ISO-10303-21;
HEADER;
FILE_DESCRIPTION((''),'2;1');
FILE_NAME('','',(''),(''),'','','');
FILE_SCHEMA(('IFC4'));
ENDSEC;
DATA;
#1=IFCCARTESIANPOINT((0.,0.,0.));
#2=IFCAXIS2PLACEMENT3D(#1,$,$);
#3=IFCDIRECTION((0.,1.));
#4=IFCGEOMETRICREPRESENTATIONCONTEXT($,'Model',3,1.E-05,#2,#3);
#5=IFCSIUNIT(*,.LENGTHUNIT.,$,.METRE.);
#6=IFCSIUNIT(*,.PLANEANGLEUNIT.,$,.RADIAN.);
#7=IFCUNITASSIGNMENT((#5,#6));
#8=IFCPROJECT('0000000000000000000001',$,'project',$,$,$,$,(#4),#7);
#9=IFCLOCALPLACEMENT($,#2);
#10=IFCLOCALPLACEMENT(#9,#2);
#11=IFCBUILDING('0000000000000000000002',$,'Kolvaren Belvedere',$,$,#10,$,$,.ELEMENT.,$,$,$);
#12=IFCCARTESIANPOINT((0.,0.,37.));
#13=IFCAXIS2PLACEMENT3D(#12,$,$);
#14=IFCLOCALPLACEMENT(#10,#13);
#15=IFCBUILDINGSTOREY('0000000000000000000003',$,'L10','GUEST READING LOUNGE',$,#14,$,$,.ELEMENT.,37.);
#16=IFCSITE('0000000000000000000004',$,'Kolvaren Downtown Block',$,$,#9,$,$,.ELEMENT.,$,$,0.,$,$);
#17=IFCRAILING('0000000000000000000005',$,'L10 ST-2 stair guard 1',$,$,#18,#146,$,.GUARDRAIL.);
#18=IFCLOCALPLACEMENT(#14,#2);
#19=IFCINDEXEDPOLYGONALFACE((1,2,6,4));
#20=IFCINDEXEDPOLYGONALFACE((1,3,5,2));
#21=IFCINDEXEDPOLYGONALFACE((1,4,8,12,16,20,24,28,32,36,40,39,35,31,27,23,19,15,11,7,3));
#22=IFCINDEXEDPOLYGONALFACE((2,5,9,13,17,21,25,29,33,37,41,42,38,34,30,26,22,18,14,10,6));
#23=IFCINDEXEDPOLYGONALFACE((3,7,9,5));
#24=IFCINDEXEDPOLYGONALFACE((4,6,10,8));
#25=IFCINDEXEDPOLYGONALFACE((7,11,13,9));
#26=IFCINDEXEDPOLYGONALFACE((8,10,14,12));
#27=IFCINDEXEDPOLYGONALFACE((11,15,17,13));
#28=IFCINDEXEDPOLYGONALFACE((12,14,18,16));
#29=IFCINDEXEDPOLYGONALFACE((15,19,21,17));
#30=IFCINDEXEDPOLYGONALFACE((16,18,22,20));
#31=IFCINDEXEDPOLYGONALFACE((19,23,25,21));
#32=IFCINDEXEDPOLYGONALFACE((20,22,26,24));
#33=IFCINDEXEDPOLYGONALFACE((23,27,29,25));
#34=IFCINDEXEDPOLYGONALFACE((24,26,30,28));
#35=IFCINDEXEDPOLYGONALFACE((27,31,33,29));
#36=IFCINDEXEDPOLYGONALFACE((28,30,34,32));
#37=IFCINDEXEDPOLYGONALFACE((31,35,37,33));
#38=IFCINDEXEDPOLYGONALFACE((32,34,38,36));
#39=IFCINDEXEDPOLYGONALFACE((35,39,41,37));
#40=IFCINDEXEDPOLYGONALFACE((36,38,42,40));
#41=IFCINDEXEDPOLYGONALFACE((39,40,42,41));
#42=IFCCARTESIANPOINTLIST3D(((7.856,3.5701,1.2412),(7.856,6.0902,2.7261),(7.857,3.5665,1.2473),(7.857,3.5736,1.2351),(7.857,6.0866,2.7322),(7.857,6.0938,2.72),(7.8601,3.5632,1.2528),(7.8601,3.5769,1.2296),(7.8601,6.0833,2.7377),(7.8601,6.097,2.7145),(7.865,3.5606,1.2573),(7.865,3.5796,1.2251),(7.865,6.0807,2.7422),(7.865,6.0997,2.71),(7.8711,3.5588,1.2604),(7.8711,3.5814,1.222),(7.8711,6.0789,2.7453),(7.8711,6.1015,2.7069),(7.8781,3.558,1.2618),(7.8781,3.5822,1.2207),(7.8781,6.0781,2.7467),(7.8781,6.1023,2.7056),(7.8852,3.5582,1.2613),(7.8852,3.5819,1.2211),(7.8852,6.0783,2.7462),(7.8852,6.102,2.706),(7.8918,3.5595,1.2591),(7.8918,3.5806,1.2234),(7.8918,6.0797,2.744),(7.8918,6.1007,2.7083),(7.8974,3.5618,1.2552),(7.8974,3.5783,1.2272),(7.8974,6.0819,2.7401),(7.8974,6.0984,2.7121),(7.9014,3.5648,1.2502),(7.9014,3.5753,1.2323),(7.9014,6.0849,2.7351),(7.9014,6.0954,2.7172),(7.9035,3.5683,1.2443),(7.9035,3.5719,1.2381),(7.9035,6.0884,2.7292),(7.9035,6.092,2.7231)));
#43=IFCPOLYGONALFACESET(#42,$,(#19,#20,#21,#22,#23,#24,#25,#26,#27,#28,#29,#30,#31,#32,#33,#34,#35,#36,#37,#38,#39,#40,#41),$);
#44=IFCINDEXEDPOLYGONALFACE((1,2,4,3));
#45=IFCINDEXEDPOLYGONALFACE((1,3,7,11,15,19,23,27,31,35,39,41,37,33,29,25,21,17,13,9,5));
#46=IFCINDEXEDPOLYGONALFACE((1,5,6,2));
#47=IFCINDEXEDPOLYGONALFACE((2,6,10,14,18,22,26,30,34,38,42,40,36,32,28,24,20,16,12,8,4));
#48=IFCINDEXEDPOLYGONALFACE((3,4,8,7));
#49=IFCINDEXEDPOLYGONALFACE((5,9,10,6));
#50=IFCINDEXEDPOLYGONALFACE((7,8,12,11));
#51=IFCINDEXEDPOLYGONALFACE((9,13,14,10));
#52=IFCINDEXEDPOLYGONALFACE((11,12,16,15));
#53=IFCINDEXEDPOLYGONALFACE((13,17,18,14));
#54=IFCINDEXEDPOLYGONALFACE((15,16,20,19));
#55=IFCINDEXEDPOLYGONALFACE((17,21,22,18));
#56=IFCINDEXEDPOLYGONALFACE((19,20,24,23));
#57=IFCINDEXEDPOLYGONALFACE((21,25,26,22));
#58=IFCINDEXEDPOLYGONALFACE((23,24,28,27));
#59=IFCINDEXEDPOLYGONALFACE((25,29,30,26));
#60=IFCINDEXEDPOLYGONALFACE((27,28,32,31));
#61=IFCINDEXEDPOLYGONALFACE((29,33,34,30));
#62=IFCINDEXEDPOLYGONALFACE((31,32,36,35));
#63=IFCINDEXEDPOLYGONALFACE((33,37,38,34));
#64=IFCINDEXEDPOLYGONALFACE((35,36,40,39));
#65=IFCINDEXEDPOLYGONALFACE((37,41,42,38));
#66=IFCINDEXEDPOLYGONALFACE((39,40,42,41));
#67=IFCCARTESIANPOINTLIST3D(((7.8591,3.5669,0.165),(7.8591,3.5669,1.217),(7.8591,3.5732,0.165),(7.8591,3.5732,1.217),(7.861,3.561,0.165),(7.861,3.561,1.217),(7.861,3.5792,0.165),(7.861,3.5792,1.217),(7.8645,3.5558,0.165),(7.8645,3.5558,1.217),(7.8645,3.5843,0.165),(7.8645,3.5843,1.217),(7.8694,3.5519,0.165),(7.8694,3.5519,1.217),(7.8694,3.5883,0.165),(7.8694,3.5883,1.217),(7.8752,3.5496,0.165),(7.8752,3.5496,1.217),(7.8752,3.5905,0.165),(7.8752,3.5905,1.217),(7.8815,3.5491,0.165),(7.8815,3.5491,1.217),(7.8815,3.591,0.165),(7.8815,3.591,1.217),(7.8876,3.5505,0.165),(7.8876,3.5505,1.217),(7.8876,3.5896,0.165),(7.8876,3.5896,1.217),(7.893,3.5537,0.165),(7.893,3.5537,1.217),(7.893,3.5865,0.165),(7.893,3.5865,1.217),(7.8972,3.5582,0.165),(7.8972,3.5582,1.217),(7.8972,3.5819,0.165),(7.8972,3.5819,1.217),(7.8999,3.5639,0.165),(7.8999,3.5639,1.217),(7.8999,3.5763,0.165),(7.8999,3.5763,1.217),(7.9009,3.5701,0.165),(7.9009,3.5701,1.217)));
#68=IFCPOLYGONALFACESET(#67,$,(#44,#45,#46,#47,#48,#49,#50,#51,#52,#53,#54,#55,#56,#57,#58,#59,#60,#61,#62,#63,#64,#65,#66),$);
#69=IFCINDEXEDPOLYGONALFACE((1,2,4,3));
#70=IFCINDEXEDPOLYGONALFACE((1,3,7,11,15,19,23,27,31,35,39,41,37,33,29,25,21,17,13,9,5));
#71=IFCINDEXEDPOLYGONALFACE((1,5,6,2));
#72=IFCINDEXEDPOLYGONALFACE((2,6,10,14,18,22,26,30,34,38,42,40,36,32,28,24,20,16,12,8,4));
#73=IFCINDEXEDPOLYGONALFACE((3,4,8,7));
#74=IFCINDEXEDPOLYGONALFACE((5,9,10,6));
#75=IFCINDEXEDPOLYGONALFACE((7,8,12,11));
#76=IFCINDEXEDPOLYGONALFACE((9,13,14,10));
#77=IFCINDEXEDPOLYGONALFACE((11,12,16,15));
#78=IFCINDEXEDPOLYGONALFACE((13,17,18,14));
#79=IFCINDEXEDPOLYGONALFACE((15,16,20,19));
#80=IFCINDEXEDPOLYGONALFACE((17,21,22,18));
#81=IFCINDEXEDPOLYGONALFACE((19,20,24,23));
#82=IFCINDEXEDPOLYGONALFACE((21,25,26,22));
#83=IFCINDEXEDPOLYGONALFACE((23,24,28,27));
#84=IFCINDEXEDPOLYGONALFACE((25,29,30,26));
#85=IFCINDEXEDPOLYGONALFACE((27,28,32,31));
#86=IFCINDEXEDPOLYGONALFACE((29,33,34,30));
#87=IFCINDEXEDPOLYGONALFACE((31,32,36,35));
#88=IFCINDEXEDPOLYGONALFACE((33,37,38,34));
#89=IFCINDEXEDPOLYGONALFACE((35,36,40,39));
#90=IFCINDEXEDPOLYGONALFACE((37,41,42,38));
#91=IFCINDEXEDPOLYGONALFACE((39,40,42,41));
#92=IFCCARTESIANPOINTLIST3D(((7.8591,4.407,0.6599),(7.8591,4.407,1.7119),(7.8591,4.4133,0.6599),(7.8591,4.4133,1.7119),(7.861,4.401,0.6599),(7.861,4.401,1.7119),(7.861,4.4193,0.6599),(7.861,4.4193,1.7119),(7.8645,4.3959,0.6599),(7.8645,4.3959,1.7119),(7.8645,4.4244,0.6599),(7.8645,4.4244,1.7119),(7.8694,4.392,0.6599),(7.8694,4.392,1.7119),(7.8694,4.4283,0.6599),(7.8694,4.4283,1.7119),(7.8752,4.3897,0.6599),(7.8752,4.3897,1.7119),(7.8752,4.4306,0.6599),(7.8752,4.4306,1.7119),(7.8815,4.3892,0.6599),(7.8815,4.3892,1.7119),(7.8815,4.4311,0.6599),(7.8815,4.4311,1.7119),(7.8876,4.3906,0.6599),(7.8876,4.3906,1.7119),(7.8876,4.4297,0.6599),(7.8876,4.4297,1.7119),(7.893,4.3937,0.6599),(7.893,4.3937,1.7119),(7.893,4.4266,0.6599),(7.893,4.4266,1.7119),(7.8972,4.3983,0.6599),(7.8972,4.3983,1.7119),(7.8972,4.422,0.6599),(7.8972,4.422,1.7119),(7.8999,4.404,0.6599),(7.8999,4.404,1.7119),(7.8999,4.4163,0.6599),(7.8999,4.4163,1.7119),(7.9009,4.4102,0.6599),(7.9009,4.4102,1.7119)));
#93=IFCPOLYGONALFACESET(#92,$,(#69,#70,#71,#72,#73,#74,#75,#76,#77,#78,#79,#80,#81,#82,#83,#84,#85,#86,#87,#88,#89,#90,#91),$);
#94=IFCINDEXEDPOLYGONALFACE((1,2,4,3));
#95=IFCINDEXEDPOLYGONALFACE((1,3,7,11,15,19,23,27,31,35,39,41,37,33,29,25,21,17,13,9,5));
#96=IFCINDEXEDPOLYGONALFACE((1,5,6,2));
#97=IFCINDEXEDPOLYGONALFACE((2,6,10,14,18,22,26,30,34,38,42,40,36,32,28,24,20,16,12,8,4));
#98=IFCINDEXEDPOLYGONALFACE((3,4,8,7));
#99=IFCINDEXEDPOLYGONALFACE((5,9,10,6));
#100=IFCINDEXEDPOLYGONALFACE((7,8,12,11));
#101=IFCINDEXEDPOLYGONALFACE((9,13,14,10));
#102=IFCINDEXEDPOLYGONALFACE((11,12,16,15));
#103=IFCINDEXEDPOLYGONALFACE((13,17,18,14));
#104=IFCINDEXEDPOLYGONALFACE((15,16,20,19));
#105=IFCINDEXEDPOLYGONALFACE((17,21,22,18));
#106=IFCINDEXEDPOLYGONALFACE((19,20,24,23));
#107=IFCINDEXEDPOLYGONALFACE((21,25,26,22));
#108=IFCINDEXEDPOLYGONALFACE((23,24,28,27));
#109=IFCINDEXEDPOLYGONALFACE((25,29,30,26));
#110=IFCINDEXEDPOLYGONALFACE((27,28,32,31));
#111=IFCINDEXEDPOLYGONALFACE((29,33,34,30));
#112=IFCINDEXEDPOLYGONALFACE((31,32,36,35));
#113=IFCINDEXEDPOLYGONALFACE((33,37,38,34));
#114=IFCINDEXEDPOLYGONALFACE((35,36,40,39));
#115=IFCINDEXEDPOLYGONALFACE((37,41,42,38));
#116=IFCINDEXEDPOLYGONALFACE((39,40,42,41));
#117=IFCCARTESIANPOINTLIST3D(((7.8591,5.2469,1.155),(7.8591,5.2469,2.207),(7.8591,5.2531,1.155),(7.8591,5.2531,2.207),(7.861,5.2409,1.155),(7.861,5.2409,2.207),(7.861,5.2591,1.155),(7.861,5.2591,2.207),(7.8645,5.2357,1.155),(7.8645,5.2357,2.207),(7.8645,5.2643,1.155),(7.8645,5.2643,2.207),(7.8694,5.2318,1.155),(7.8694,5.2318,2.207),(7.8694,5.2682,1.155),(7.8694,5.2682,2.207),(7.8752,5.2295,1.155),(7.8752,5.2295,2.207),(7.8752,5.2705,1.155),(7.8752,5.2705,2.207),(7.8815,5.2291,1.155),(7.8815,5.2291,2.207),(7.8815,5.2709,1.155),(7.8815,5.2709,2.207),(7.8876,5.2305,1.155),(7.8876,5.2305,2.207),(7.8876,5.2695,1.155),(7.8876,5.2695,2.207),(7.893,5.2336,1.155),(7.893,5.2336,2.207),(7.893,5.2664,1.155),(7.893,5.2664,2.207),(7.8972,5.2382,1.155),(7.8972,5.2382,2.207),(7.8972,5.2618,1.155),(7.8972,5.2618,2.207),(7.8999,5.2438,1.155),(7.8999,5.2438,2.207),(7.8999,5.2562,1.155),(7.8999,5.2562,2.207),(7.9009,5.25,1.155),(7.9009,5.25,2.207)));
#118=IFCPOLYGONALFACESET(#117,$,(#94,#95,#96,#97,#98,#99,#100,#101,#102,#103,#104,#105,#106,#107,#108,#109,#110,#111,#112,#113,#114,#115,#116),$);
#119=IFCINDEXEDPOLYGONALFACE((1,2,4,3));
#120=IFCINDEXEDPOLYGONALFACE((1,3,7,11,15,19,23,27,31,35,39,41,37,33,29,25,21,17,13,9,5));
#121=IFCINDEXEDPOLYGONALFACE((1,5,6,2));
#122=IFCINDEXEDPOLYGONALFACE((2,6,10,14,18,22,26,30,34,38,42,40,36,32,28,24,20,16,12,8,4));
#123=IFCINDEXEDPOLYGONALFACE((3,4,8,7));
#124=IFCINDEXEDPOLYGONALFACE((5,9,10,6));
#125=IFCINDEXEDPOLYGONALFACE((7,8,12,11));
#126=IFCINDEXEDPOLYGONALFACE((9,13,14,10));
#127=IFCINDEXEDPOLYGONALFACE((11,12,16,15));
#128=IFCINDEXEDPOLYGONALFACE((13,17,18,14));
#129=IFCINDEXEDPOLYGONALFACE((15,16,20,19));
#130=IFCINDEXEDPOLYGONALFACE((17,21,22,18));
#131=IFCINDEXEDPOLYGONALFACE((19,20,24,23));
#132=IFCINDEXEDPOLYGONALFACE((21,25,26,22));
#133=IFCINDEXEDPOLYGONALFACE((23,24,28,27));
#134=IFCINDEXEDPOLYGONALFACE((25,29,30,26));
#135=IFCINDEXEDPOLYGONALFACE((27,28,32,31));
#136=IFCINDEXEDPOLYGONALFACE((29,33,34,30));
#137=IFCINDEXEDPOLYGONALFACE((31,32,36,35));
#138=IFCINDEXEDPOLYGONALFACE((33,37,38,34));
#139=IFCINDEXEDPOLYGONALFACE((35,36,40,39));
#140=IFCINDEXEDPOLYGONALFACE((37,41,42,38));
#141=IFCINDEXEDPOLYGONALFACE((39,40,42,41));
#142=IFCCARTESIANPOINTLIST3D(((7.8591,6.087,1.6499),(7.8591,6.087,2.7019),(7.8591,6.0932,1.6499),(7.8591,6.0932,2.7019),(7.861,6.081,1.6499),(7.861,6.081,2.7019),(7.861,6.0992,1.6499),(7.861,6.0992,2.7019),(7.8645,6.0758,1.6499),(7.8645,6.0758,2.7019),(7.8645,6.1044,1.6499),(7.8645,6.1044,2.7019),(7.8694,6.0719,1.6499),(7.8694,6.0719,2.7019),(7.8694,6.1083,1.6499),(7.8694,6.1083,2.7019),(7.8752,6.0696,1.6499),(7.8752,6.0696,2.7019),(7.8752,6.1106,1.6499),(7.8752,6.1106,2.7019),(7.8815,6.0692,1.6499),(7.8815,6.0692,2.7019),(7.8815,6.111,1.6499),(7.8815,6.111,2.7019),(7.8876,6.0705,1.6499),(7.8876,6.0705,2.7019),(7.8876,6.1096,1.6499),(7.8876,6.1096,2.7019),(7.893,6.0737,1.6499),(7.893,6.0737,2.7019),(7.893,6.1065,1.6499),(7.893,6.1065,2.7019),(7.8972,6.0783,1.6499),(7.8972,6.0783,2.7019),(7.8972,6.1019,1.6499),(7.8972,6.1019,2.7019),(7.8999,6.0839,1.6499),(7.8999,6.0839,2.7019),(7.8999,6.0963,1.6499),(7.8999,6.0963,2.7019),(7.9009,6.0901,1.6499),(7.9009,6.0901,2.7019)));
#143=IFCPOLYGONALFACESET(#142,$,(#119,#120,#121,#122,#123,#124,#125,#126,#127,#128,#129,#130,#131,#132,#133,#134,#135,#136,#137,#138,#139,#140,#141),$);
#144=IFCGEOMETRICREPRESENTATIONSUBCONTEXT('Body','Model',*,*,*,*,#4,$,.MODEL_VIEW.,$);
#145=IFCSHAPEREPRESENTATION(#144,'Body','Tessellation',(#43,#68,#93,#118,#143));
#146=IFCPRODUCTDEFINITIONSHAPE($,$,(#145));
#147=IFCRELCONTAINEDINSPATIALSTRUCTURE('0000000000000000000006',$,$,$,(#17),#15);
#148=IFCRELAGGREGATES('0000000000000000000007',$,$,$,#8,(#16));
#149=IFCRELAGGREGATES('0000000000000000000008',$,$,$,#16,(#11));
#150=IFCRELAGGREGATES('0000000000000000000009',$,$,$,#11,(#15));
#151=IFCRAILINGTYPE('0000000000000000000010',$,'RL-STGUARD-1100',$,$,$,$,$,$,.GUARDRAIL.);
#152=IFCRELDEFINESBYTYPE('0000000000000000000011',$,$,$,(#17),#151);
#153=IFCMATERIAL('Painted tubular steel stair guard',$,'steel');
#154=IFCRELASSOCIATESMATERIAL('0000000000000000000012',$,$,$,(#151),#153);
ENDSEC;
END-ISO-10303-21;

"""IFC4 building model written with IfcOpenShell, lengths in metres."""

from ifc_helpers import new_model, si_unit, direction, frame, origin, origin_2d, place, context, subcontext, project, spatial, circle, extrude, material, type_object, element, save


model = new_model("IFC4")

# Units and contexts
model_context = context("Model", 3, precision=1e-05, world=origin(), true_north=direction((0.0, 1.0)))
body_context = subcontext(model_context, "Body", "Model", "MODEL_VIEW")
ifc_project = project(units=[si_unit("LENGTHUNIT", "METRE"), si_unit("PLANEANGLEUNIT", "RADIAN")], contexts=[model_context])

# Site, building, storey
site_placement = place(None, origin())
site = spatial("IfcSite", under=ifc_project, at=site_placement, Name="Kolvaren Downtown Block", CompositionType="ELEMENT", RefElevation=0.0)
building_placement = place(site_placement, origin())
building = spatial("IfcBuilding", under=site, at=building_placement, Name="Kolvaren Belvedere", CompositionType="ELEMENT")
storey_placement = place(building_placement, frame((0.0, 0.0, 37.0)))
storey = spatial("IfcBuildingStorey", under=building, at=storey_placement, Name="L10", Description="GUEST READING LOUNGE", CompositionType="ELEMENT", Elevation=37.0)

# Railing
ifc_material_1 = material(Name="Painted tubular steel stair guard", Category="steel")
railing_type_1 = type_object("IfcRailingType", Name="RL-STGUARD-1100", PredefinedType="GUARDRAIL", material=ifc_material_1)
railing_1_placement = place(storey_placement, frame((7.8799, 3.5701, 0.165)))
element("IfcRailing", 1, at=railing_1_placement, inside=storey, type_object=railing_type_1, Name="L10 ST-2 stair guard 1", PredefinedType="GUARDRAIL", context=body_context, shape_type="SweptSolid", body=[
    extrude(circle(Radius=0.0239, at=origin_2d()), frame((0.0, 0.0, 1.0762), z_axis=(0.0, 0.861561, 0.507655), x_axis=(-1.0, 0.0, 0.0)), (0.0, 0.0, 1.0), 2.925),
    extrude(circle(Radius=0.021, at=origin_2d()), origin(), (0.0, 0.0, 1.0), 1.052),
    extrude(circle(Radius=0.021, at=origin_2d()), frame((0.0, 0.8401, 0.4949)), (0.0, 0.0, 1.0), 1.052),
    extrude(circle(Radius=0.021, at=origin_2d()), frame((0.0, 1.6799, 0.99)), (0.0, 0.0, 1.0), 1.052),
    extrude(circle(Radius=0.021, at=origin_2d()), frame((0.0, 2.52, 1.4849)), (0.0, 0.0, 1.0), 1.052),
])

save(model, "model.ifc")
